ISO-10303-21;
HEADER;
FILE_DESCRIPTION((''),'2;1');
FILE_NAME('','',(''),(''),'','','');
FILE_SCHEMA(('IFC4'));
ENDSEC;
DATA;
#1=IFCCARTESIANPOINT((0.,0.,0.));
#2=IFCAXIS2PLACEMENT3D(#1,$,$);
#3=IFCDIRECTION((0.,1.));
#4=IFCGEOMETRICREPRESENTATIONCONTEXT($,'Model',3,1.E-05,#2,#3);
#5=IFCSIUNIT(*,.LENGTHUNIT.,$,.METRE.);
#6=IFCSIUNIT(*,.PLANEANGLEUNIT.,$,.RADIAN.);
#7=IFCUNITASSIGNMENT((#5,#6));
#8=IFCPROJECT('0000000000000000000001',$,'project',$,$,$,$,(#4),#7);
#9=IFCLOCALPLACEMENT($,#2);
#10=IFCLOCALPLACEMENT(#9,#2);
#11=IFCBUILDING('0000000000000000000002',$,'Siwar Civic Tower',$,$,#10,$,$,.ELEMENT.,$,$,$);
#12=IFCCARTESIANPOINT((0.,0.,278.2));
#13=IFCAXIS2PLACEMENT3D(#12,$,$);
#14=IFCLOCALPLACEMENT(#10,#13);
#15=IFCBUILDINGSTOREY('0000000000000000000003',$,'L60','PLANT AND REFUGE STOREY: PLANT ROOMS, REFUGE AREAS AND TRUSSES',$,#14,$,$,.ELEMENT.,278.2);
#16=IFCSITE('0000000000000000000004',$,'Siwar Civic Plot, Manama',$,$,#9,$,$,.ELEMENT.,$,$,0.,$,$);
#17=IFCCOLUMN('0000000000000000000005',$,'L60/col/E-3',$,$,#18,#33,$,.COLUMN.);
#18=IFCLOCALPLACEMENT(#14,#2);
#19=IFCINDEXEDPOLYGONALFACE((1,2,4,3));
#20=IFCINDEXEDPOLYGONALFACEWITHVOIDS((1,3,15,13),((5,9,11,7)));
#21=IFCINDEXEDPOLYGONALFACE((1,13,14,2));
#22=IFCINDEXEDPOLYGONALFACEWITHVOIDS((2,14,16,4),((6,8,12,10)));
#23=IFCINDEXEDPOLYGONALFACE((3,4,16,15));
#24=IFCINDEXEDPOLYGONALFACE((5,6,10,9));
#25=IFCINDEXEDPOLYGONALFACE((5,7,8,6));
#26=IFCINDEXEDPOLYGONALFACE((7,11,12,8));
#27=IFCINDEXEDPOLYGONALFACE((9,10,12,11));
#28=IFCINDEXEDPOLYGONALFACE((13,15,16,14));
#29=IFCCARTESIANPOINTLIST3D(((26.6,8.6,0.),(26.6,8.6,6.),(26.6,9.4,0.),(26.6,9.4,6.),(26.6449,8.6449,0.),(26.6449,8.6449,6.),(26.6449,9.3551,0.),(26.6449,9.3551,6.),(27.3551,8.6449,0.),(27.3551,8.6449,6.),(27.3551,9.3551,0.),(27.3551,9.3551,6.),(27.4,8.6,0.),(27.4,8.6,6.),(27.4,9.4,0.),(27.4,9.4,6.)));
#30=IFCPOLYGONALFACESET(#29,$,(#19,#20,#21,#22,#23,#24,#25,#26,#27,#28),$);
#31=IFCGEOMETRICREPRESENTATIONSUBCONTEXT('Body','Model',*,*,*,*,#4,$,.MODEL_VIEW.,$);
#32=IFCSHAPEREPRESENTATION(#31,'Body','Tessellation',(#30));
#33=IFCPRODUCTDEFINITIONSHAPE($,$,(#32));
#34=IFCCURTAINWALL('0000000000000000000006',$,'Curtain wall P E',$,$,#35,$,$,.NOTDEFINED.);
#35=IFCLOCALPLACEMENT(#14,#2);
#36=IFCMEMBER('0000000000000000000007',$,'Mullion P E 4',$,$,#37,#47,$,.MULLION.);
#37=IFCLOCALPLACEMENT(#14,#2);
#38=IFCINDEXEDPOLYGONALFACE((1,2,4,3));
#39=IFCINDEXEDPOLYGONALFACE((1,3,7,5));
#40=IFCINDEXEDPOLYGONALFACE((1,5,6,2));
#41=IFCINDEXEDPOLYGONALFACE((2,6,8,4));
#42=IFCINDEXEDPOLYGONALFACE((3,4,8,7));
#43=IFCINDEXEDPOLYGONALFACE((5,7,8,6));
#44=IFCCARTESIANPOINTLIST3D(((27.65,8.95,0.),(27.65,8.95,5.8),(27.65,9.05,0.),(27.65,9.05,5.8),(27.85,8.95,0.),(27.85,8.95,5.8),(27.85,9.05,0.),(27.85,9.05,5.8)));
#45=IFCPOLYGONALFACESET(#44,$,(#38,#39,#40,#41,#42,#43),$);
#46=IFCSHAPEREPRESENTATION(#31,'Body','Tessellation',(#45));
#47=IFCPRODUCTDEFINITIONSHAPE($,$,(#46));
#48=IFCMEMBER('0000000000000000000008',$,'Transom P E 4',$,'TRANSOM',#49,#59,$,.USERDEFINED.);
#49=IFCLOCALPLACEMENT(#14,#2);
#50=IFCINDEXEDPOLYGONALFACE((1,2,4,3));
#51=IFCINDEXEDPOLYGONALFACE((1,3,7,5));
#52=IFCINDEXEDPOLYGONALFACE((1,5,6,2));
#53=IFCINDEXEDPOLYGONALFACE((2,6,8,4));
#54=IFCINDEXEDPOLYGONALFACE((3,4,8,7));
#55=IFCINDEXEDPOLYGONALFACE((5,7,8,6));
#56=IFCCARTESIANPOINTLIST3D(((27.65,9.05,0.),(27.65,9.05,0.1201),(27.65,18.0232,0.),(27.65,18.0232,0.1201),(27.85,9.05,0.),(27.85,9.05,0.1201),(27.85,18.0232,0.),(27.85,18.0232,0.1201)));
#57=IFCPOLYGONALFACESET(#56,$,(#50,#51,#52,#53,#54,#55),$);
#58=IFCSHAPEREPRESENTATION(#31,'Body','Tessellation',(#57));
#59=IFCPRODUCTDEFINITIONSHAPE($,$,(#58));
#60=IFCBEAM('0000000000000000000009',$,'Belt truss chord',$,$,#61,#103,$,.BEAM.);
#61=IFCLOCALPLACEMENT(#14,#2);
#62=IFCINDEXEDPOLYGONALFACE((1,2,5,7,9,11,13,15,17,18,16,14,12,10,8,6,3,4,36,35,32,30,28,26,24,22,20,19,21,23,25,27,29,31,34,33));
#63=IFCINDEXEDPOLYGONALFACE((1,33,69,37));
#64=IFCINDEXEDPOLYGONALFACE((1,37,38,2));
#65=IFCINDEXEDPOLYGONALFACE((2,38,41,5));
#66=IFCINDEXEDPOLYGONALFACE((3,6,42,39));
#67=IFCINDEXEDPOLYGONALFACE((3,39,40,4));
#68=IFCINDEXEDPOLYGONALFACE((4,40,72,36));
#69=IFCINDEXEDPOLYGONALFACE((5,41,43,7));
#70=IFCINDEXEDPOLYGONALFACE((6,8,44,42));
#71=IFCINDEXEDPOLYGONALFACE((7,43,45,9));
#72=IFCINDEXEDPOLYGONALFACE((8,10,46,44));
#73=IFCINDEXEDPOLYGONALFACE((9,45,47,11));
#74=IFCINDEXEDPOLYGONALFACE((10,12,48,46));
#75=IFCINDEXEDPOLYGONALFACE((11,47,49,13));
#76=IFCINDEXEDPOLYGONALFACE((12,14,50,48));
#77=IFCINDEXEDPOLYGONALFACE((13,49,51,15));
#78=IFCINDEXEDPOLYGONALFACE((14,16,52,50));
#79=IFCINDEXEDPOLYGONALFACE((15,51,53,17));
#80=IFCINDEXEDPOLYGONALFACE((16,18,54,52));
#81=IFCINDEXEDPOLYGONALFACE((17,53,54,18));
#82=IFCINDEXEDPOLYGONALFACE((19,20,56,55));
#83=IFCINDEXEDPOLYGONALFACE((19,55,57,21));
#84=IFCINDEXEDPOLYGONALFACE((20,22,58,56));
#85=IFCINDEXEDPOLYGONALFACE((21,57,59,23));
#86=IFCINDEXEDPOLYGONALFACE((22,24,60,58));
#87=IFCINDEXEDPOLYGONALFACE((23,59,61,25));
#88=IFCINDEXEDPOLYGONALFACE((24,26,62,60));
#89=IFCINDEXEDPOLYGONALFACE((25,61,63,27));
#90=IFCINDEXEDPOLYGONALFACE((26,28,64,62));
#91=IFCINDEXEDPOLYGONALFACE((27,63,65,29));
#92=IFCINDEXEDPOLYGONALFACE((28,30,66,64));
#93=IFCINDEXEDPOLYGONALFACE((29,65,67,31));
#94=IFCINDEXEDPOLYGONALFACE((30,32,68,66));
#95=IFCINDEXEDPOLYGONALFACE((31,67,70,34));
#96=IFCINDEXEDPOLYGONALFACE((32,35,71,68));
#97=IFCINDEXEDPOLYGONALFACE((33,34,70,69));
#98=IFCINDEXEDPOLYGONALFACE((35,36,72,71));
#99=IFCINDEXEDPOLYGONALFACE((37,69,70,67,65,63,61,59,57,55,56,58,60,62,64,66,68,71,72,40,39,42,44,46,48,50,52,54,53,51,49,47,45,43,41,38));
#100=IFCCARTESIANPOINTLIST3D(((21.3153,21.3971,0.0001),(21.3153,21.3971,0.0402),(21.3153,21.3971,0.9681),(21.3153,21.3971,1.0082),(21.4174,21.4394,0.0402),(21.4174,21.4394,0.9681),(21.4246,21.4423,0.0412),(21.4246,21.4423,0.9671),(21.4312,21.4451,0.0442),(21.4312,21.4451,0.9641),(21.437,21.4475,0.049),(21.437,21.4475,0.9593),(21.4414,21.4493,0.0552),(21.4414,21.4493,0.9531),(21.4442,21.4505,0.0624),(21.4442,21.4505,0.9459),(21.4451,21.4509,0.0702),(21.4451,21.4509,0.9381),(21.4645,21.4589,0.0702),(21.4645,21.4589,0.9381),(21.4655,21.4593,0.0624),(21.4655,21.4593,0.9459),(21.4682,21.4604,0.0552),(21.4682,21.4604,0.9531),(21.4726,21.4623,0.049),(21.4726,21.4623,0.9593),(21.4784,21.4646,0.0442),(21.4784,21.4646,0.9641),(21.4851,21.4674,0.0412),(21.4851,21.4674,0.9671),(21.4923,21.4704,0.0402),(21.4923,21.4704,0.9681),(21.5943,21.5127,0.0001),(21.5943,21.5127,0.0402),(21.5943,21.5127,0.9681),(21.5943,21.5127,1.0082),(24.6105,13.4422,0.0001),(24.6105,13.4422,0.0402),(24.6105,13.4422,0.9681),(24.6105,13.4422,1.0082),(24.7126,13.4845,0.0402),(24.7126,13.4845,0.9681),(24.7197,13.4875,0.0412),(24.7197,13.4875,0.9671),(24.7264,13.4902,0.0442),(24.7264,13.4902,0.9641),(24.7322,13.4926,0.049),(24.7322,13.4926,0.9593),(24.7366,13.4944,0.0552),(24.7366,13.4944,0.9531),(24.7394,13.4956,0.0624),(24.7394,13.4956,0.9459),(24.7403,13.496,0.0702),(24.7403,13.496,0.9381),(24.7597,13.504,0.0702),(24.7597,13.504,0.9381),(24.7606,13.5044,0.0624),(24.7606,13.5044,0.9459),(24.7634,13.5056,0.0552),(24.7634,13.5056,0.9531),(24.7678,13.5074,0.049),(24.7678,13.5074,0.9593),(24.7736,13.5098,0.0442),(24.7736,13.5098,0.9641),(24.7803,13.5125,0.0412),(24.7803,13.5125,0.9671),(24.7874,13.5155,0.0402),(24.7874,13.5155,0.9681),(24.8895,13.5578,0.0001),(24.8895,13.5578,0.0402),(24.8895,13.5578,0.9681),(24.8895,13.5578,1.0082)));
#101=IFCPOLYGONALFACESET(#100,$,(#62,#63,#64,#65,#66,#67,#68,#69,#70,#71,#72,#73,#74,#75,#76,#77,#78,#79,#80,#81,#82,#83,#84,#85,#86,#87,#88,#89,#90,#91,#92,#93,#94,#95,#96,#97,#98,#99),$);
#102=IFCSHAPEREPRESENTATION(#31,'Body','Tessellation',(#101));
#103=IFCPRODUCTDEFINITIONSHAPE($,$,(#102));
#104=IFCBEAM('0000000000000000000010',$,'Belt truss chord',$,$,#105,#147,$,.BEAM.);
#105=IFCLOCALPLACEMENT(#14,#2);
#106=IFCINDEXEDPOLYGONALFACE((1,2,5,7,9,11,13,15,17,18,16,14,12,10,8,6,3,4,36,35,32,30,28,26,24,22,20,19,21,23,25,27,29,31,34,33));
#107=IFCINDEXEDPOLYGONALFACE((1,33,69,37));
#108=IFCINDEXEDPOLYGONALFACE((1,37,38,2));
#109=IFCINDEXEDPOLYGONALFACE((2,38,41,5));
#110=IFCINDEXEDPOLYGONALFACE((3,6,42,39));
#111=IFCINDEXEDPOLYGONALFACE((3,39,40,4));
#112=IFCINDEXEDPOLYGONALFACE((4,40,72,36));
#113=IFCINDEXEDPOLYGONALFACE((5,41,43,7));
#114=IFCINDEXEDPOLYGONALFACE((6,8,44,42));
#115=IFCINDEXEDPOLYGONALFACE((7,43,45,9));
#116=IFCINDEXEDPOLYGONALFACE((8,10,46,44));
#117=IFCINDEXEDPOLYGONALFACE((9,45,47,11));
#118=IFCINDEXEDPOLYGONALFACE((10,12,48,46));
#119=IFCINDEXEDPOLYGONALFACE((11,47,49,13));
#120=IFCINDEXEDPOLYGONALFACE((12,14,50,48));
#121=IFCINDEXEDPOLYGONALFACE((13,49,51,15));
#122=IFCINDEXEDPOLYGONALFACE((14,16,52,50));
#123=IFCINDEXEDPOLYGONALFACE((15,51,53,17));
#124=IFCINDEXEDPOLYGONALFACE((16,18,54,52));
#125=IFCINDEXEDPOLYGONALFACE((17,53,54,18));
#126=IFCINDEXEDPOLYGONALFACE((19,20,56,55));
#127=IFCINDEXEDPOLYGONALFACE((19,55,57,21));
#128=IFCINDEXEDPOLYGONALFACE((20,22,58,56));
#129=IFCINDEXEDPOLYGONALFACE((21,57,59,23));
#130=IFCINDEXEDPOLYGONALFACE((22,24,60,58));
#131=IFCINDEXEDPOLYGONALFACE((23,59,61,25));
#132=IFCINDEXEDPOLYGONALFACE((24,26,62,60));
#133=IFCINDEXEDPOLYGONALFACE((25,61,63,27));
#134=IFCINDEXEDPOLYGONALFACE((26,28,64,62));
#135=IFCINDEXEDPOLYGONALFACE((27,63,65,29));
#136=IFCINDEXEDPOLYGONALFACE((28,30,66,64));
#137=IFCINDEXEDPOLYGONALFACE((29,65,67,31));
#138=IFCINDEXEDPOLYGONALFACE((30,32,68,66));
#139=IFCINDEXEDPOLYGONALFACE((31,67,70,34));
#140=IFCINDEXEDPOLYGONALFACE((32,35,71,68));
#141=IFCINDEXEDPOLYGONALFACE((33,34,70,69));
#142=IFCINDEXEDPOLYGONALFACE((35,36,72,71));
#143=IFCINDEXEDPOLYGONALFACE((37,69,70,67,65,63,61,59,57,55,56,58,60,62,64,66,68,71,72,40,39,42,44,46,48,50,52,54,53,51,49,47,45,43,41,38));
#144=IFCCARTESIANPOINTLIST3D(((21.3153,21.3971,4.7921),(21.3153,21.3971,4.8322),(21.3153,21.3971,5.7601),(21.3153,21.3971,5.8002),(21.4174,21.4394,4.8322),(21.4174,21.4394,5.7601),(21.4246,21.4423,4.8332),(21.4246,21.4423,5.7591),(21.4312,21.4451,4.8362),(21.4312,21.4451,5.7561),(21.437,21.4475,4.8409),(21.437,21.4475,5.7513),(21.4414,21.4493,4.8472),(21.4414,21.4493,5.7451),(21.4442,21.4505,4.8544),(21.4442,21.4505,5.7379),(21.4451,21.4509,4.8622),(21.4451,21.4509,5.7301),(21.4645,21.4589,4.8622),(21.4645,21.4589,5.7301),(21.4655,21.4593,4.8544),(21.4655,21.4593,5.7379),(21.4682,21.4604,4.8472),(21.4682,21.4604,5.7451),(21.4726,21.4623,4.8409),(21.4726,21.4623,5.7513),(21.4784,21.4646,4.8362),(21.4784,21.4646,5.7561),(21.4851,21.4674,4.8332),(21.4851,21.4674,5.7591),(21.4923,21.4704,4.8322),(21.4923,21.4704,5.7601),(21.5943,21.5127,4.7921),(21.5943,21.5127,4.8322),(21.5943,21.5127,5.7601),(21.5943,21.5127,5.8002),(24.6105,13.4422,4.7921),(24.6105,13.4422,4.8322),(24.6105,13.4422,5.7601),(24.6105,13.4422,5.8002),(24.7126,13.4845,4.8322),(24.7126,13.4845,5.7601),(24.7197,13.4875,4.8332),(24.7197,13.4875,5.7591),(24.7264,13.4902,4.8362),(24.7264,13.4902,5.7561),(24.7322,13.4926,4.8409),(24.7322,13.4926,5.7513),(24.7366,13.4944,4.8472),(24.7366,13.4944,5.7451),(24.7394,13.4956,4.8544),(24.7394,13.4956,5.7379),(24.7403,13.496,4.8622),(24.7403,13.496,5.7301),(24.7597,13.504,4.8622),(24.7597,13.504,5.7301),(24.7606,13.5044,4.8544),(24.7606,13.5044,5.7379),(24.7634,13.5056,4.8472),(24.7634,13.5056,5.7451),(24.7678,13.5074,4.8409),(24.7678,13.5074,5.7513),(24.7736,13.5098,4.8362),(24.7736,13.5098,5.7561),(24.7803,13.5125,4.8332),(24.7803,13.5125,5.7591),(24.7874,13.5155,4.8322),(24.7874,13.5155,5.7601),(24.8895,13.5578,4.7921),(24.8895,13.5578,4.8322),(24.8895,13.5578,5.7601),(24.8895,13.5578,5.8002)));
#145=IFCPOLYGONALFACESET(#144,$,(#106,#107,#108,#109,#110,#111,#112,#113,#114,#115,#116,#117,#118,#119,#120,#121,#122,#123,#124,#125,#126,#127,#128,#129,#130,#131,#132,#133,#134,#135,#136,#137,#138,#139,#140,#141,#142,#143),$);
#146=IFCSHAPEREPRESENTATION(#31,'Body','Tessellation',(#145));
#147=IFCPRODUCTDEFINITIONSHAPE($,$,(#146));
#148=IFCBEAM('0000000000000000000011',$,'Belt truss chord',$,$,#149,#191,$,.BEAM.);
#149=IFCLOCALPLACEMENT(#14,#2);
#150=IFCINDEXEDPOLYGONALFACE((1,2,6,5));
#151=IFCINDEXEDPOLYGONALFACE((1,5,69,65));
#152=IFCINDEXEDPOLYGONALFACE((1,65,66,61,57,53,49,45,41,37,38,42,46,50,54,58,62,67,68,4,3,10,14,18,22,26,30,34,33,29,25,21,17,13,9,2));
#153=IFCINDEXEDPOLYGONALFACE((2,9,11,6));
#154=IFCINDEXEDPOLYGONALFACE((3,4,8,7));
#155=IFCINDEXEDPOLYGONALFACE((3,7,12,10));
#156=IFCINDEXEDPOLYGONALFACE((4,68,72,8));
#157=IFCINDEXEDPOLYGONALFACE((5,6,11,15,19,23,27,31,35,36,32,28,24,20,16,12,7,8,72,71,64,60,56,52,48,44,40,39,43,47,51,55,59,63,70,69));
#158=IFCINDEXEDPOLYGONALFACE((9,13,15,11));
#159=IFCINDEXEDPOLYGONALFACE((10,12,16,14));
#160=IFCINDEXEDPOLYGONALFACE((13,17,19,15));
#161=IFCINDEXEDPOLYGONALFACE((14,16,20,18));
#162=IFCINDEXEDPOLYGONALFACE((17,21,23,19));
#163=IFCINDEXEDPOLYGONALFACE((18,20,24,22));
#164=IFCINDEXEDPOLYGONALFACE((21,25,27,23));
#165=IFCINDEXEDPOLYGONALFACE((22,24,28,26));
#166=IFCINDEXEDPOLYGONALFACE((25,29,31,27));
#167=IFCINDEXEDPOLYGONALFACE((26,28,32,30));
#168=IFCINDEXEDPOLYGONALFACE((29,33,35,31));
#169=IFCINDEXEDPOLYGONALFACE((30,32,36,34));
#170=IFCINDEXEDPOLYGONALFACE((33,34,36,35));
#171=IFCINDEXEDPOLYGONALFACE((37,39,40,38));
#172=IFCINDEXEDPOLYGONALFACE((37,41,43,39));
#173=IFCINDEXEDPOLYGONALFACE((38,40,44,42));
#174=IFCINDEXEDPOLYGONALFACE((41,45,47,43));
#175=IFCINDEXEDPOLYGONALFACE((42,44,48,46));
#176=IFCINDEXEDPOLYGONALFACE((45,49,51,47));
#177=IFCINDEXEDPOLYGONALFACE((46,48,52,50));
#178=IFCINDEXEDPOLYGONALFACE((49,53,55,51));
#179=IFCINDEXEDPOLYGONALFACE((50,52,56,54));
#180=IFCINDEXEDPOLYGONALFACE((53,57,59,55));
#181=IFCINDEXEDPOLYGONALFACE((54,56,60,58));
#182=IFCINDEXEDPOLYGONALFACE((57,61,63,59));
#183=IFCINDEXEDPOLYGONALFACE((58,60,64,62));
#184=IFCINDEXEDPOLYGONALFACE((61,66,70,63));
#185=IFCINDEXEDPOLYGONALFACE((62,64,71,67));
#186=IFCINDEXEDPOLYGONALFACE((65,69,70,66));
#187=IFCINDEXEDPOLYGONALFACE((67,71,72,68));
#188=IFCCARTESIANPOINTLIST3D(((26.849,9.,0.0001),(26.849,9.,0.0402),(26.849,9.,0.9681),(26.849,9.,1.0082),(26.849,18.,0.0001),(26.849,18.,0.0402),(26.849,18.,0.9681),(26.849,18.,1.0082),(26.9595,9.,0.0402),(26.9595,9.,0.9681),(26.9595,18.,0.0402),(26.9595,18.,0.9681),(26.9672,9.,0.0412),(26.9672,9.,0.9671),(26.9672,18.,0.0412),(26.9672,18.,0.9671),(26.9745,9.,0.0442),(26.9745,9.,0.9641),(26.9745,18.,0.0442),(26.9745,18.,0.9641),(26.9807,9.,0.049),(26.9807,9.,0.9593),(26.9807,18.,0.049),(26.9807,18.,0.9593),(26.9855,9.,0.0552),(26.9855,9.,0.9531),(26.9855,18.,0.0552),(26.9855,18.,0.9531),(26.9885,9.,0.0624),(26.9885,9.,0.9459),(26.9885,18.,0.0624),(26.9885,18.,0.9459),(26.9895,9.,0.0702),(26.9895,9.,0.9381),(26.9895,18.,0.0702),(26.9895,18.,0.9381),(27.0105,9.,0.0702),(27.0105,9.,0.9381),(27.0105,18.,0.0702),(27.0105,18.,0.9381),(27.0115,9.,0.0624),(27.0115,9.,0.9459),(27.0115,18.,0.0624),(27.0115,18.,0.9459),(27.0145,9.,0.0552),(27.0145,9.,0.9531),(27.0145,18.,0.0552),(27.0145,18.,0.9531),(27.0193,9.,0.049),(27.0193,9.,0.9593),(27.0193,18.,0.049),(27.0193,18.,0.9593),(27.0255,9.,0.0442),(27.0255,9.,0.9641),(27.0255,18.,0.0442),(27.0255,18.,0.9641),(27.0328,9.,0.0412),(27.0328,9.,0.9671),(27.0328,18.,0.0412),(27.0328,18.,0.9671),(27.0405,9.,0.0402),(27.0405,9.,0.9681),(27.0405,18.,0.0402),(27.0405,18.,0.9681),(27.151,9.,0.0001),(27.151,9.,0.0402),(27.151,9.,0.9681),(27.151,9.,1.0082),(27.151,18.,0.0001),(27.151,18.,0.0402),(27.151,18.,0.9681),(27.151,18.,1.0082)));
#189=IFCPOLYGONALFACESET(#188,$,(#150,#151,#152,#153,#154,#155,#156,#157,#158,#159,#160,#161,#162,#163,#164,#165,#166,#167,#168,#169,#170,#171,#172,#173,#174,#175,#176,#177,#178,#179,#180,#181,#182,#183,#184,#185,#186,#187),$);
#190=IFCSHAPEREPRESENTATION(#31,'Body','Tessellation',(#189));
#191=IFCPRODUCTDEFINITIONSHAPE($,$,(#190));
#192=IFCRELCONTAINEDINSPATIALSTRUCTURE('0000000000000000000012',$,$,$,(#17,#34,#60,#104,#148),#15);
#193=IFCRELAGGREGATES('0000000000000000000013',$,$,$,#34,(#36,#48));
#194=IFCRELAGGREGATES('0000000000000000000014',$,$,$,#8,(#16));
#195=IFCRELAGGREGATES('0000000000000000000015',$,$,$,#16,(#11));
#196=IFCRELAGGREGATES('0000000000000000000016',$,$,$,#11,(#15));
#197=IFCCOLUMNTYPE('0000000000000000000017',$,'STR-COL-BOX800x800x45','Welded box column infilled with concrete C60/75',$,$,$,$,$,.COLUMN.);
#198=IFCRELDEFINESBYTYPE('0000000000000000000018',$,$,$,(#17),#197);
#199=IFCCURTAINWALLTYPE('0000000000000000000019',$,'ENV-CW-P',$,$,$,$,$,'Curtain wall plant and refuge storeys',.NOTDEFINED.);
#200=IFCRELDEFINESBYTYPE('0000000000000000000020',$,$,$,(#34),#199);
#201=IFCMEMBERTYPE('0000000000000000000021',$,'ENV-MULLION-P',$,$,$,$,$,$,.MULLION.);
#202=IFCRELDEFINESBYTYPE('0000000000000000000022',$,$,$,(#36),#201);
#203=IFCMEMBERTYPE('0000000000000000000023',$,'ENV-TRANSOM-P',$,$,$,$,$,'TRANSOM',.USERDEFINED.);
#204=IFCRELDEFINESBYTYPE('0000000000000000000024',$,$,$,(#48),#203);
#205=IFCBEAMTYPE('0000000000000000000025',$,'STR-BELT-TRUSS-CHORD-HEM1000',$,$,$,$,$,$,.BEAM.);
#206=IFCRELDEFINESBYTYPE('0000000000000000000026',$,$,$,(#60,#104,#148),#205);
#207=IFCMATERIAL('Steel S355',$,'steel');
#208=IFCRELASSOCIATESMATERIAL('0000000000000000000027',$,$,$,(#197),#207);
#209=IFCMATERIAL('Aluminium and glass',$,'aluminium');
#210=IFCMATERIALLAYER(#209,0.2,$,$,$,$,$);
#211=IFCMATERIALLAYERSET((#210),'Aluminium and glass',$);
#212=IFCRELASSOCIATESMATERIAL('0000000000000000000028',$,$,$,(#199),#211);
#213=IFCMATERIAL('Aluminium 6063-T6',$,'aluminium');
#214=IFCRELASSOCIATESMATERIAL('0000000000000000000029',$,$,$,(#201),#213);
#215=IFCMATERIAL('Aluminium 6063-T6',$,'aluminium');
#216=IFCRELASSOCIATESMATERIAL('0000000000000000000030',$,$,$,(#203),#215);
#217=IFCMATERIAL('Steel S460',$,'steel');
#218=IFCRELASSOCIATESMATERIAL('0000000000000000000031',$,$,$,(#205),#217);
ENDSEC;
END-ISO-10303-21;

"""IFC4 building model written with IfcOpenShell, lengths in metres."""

from ifc_helpers import new_model, si_unit, direction, frame, origin, origin_2d, place, context, subcontext, project, spatial, rectangle, hollow_rectangle, i_section, extrude, material, layer, layer_set, material_profile, profile_set, type_object, element, aggregate, save


model = new_model("IFC4")

# Units and contexts
model_context = context("Model", 3, precision=1e-05, world=origin(), true_north=direction((0.0, 1.0)))
body_context = subcontext(model_context, "Body", "Model", "MODEL_VIEW")
ifc_project = project(units=[si_unit("LENGTHUNIT", "METRE"), si_unit("PLANEANGLEUNIT", "RADIAN")], contexts=[model_context])

# Site, building, storey
site_placement = place(None, origin())
site = spatial("IfcSite", under=ifc_project, at=site_placement, Name="Siwar Civic Plot, Manama", CompositionType="ELEMENT", RefElevation=0.0)
building_placement = place(site_placement, origin())
building = spatial("IfcBuilding", under=site, at=building_placement, Name="Siwar Civic Tower", CompositionType="ELEMENT")
storey_placement = place(building_placement, frame((0.0, 0.0, 278.2)))
storey = spatial("IfcBuildingStorey", under=building, at=storey_placement, Name="L60", Description="PLANT AND REFUGE STOREY: PLANT ROOMS, REFUGE AREAS AND TRUSSES", CompositionType="ELEMENT", Elevation=278.2)

# Column
ifc_material_1 = material(Name="Steel S355", Category="steel")
ifc_material_profile_1 = material_profile(ifc_material_1, hollow_rectangle(XDim=0.8, YDim=0.8, WallThickness=0.0449, at=origin_2d()), Name="BOX800x800x45")
ifc_profile_set_1 = profile_set([ifc_material_profile_1], Name="Steel S355")
column_type = type_object("IfcColumnType", Name="STR-COL-BOX800x800x45", Description="Welded box column infilled with concrete C60/75", PredefinedType="COLUMN", material=ifc_profile_set_1)
column_placement = place(storey_placement, frame((27.0, 9.0, 0.0), z_axis=(0.0, 0.0, 1.0), x_axis=(1.0, 0.0, 0.0)))
element("IfcColumn", 1, at=column_placement, inside=storey, type_object=column_type, Name="L60/col/E-3", PredefinedType="COLUMN", context=body_context, shape_type="SweptSolid", body=[
    extrude(hollow_rectangle(XDim=0.8, YDim=0.8, WallThickness=0.0449, at=origin_2d()), origin(), (0.0, 0.0, 1.0), 6.0),
])

# Curtain wall, members
ifc_material_2 = material(Name="Aluminium and glass", Category="aluminium")
ifc_layer_1 = layer(ifc_material_2, 0.2)
ifc_layer_set_1 = layer_set([ifc_layer_1], Name="Aluminium and glass")
curtain_wall_type = type_object("IfcCurtainWallType", Name="ENV-CW-P", ElementType="Curtain wall plant and refuge storeys", PredefinedType="NOTDEFINED", material=ifc_layer_set_1)
curtain_wall_placement = place(storey_placement, origin())
curtain_wall = element("IfcCurtainWall", 2, at=curtain_wall_placement, inside=storey, type_object=curtain_wall_type, Name="Curtain wall P E", PredefinedType="NOTDEFINED")
ifc_material_3 = material(Name="Aluminium 6063-T6", Category="aluminium")
ifc_material_profile_2 = material_profile(ifc_material_3, rectangle(XDim=0.2, YDim=0.1001, at=origin_2d()), Name="AL 200x100")
ifc_profile_set_2 = profile_set([ifc_material_profile_2], Name="Aluminium 6063-T6")
member_type_1 = type_object("IfcMemberType", Name="ENV-MULLION-P", PredefinedType="MULLION", material=ifc_profile_set_2)
member_1_placement = place(storey_placement, frame((27.75, 9.0, 0.0), z_axis=(0.0, 0.0, 1.0), x_axis=(-1.0, 0.0, 0.0)))
member_1 = element("IfcMember", 3, at=member_1_placement, type_object=member_type_1, Name="Mullion P E 4", PredefinedType="MULLION", context=body_context, shape_type="SweptSolid", body=[
    extrude(rectangle(XDim=0.2, YDim=0.1001, at=origin_2d()), origin(), (0.0, 0.0, 1.0), 5.8),
])
ifc_material_4 = material(Name="Aluminium 6063-T6", Category="aluminium")
ifc_material_profile_3 = material_profile(ifc_material_4, rectangle(XDim=0.2, YDim=0.1201, at=origin_2d()), Name="AL 200x120")
ifc_profile_set_3 = profile_set([ifc_material_profile_3], Name="Aluminium 6063-T6")
member_type_2 = type_object("IfcMemberType", Name="ENV-TRANSOM-P", ElementType="TRANSOM", PredefinedType="USERDEFINED", material=ifc_profile_set_3)
member_2_placement = place(storey_placement, frame((27.75, 9.05, 0.0601), z_axis=(0.0, 1.0, 0.0), x_axis=(-1.0, 0.0, 0.0)))
member_2 = element("IfcMember", 4, at=member_2_placement, type_object=member_type_2, Name="Transom P E 4", ObjectType="TRANSOM", PredefinedType="USERDEFINED", context=body_context, shape_type="SweptSolid", body=[
    extrude(rectangle(XDim=0.2, YDim=0.1201, at=origin_2d()), origin(), (0.0, 0.0, 1.0), 8.9731),
])
aggregate(curtain_wall, [member_1, member_2])

# Beams
ifc_material_5 = material(Name="Steel S460", Category="steel")
ifc_material_profile_4 = material_profile(ifc_material_5, i_section(OverallWidth=0.302, OverallDepth=1.0081, WebThickness=0.021, FlangeThickness=0.04, FilletRadius=0.03, at=origin_2d()), Name="HEM1000")
ifc_profile_set_4 = profile_set([ifc_material_profile_4], Name="Steel S460")
beam_type_1 = type_object("IfcBeamType", Name="STR-BELT-TRUSS-CHORD-HEM1000", PredefinedType="BEAM", material=ifc_profile_set_4)
for number, where, z_axis, x_axis, name in (
    (5, (24.75, 13.5, 0.5042), (-0.3827, 0.923873, 0.0), (-0.923873, -0.3827, 0.0), "Belt truss chord"),
    (6, (24.75, 13.5, 5.2961), (-0.3827, 0.923873, 0.0), (-0.923873, -0.3827, 0.0), "Belt truss chord"),
):
    element("IfcBeam", number, at=place(storey_placement, frame(where, z_axis=z_axis, x_axis=x_axis)), inside=storey, type_object=beam_type_1, Name=name, PredefinedType="BEAM", context=body_context, shape_type="SweptSolid", body=[
        extrude(i_section(OverallWidth=0.302, OverallDepth=1.0081, WebThickness=0.021, FlangeThickness=0.04, FilletRadius=0.03, at=origin_2d()), origin(), (0.0, 0.0, 1.0), 8.6104),
    ])
for number, where, z_axis, x_axis, name in (
    (7, (27.0, 9.0, 0.5042), (0.0, 1.0, 0.0), (-1.0, 0.0, 0.0), "Belt truss chord"),
):
    element("IfcBeam", number, at=place(storey_placement, frame(where, z_axis=z_axis, x_axis=x_axis)), inside=storey, type_object=beam_type_1, Name=name, PredefinedType="BEAM", context=body_context, shape_type="SweptSolid", body=[
        extrude(i_section(OverallWidth=0.302, OverallDepth=1.0081, WebThickness=0.021, FlangeThickness=0.04, FilletRadius=0.03, at=origin_2d()), origin(), (0.0, 0.0, 1.0), 9.0),
    ])

save(model, "model.ifc")
